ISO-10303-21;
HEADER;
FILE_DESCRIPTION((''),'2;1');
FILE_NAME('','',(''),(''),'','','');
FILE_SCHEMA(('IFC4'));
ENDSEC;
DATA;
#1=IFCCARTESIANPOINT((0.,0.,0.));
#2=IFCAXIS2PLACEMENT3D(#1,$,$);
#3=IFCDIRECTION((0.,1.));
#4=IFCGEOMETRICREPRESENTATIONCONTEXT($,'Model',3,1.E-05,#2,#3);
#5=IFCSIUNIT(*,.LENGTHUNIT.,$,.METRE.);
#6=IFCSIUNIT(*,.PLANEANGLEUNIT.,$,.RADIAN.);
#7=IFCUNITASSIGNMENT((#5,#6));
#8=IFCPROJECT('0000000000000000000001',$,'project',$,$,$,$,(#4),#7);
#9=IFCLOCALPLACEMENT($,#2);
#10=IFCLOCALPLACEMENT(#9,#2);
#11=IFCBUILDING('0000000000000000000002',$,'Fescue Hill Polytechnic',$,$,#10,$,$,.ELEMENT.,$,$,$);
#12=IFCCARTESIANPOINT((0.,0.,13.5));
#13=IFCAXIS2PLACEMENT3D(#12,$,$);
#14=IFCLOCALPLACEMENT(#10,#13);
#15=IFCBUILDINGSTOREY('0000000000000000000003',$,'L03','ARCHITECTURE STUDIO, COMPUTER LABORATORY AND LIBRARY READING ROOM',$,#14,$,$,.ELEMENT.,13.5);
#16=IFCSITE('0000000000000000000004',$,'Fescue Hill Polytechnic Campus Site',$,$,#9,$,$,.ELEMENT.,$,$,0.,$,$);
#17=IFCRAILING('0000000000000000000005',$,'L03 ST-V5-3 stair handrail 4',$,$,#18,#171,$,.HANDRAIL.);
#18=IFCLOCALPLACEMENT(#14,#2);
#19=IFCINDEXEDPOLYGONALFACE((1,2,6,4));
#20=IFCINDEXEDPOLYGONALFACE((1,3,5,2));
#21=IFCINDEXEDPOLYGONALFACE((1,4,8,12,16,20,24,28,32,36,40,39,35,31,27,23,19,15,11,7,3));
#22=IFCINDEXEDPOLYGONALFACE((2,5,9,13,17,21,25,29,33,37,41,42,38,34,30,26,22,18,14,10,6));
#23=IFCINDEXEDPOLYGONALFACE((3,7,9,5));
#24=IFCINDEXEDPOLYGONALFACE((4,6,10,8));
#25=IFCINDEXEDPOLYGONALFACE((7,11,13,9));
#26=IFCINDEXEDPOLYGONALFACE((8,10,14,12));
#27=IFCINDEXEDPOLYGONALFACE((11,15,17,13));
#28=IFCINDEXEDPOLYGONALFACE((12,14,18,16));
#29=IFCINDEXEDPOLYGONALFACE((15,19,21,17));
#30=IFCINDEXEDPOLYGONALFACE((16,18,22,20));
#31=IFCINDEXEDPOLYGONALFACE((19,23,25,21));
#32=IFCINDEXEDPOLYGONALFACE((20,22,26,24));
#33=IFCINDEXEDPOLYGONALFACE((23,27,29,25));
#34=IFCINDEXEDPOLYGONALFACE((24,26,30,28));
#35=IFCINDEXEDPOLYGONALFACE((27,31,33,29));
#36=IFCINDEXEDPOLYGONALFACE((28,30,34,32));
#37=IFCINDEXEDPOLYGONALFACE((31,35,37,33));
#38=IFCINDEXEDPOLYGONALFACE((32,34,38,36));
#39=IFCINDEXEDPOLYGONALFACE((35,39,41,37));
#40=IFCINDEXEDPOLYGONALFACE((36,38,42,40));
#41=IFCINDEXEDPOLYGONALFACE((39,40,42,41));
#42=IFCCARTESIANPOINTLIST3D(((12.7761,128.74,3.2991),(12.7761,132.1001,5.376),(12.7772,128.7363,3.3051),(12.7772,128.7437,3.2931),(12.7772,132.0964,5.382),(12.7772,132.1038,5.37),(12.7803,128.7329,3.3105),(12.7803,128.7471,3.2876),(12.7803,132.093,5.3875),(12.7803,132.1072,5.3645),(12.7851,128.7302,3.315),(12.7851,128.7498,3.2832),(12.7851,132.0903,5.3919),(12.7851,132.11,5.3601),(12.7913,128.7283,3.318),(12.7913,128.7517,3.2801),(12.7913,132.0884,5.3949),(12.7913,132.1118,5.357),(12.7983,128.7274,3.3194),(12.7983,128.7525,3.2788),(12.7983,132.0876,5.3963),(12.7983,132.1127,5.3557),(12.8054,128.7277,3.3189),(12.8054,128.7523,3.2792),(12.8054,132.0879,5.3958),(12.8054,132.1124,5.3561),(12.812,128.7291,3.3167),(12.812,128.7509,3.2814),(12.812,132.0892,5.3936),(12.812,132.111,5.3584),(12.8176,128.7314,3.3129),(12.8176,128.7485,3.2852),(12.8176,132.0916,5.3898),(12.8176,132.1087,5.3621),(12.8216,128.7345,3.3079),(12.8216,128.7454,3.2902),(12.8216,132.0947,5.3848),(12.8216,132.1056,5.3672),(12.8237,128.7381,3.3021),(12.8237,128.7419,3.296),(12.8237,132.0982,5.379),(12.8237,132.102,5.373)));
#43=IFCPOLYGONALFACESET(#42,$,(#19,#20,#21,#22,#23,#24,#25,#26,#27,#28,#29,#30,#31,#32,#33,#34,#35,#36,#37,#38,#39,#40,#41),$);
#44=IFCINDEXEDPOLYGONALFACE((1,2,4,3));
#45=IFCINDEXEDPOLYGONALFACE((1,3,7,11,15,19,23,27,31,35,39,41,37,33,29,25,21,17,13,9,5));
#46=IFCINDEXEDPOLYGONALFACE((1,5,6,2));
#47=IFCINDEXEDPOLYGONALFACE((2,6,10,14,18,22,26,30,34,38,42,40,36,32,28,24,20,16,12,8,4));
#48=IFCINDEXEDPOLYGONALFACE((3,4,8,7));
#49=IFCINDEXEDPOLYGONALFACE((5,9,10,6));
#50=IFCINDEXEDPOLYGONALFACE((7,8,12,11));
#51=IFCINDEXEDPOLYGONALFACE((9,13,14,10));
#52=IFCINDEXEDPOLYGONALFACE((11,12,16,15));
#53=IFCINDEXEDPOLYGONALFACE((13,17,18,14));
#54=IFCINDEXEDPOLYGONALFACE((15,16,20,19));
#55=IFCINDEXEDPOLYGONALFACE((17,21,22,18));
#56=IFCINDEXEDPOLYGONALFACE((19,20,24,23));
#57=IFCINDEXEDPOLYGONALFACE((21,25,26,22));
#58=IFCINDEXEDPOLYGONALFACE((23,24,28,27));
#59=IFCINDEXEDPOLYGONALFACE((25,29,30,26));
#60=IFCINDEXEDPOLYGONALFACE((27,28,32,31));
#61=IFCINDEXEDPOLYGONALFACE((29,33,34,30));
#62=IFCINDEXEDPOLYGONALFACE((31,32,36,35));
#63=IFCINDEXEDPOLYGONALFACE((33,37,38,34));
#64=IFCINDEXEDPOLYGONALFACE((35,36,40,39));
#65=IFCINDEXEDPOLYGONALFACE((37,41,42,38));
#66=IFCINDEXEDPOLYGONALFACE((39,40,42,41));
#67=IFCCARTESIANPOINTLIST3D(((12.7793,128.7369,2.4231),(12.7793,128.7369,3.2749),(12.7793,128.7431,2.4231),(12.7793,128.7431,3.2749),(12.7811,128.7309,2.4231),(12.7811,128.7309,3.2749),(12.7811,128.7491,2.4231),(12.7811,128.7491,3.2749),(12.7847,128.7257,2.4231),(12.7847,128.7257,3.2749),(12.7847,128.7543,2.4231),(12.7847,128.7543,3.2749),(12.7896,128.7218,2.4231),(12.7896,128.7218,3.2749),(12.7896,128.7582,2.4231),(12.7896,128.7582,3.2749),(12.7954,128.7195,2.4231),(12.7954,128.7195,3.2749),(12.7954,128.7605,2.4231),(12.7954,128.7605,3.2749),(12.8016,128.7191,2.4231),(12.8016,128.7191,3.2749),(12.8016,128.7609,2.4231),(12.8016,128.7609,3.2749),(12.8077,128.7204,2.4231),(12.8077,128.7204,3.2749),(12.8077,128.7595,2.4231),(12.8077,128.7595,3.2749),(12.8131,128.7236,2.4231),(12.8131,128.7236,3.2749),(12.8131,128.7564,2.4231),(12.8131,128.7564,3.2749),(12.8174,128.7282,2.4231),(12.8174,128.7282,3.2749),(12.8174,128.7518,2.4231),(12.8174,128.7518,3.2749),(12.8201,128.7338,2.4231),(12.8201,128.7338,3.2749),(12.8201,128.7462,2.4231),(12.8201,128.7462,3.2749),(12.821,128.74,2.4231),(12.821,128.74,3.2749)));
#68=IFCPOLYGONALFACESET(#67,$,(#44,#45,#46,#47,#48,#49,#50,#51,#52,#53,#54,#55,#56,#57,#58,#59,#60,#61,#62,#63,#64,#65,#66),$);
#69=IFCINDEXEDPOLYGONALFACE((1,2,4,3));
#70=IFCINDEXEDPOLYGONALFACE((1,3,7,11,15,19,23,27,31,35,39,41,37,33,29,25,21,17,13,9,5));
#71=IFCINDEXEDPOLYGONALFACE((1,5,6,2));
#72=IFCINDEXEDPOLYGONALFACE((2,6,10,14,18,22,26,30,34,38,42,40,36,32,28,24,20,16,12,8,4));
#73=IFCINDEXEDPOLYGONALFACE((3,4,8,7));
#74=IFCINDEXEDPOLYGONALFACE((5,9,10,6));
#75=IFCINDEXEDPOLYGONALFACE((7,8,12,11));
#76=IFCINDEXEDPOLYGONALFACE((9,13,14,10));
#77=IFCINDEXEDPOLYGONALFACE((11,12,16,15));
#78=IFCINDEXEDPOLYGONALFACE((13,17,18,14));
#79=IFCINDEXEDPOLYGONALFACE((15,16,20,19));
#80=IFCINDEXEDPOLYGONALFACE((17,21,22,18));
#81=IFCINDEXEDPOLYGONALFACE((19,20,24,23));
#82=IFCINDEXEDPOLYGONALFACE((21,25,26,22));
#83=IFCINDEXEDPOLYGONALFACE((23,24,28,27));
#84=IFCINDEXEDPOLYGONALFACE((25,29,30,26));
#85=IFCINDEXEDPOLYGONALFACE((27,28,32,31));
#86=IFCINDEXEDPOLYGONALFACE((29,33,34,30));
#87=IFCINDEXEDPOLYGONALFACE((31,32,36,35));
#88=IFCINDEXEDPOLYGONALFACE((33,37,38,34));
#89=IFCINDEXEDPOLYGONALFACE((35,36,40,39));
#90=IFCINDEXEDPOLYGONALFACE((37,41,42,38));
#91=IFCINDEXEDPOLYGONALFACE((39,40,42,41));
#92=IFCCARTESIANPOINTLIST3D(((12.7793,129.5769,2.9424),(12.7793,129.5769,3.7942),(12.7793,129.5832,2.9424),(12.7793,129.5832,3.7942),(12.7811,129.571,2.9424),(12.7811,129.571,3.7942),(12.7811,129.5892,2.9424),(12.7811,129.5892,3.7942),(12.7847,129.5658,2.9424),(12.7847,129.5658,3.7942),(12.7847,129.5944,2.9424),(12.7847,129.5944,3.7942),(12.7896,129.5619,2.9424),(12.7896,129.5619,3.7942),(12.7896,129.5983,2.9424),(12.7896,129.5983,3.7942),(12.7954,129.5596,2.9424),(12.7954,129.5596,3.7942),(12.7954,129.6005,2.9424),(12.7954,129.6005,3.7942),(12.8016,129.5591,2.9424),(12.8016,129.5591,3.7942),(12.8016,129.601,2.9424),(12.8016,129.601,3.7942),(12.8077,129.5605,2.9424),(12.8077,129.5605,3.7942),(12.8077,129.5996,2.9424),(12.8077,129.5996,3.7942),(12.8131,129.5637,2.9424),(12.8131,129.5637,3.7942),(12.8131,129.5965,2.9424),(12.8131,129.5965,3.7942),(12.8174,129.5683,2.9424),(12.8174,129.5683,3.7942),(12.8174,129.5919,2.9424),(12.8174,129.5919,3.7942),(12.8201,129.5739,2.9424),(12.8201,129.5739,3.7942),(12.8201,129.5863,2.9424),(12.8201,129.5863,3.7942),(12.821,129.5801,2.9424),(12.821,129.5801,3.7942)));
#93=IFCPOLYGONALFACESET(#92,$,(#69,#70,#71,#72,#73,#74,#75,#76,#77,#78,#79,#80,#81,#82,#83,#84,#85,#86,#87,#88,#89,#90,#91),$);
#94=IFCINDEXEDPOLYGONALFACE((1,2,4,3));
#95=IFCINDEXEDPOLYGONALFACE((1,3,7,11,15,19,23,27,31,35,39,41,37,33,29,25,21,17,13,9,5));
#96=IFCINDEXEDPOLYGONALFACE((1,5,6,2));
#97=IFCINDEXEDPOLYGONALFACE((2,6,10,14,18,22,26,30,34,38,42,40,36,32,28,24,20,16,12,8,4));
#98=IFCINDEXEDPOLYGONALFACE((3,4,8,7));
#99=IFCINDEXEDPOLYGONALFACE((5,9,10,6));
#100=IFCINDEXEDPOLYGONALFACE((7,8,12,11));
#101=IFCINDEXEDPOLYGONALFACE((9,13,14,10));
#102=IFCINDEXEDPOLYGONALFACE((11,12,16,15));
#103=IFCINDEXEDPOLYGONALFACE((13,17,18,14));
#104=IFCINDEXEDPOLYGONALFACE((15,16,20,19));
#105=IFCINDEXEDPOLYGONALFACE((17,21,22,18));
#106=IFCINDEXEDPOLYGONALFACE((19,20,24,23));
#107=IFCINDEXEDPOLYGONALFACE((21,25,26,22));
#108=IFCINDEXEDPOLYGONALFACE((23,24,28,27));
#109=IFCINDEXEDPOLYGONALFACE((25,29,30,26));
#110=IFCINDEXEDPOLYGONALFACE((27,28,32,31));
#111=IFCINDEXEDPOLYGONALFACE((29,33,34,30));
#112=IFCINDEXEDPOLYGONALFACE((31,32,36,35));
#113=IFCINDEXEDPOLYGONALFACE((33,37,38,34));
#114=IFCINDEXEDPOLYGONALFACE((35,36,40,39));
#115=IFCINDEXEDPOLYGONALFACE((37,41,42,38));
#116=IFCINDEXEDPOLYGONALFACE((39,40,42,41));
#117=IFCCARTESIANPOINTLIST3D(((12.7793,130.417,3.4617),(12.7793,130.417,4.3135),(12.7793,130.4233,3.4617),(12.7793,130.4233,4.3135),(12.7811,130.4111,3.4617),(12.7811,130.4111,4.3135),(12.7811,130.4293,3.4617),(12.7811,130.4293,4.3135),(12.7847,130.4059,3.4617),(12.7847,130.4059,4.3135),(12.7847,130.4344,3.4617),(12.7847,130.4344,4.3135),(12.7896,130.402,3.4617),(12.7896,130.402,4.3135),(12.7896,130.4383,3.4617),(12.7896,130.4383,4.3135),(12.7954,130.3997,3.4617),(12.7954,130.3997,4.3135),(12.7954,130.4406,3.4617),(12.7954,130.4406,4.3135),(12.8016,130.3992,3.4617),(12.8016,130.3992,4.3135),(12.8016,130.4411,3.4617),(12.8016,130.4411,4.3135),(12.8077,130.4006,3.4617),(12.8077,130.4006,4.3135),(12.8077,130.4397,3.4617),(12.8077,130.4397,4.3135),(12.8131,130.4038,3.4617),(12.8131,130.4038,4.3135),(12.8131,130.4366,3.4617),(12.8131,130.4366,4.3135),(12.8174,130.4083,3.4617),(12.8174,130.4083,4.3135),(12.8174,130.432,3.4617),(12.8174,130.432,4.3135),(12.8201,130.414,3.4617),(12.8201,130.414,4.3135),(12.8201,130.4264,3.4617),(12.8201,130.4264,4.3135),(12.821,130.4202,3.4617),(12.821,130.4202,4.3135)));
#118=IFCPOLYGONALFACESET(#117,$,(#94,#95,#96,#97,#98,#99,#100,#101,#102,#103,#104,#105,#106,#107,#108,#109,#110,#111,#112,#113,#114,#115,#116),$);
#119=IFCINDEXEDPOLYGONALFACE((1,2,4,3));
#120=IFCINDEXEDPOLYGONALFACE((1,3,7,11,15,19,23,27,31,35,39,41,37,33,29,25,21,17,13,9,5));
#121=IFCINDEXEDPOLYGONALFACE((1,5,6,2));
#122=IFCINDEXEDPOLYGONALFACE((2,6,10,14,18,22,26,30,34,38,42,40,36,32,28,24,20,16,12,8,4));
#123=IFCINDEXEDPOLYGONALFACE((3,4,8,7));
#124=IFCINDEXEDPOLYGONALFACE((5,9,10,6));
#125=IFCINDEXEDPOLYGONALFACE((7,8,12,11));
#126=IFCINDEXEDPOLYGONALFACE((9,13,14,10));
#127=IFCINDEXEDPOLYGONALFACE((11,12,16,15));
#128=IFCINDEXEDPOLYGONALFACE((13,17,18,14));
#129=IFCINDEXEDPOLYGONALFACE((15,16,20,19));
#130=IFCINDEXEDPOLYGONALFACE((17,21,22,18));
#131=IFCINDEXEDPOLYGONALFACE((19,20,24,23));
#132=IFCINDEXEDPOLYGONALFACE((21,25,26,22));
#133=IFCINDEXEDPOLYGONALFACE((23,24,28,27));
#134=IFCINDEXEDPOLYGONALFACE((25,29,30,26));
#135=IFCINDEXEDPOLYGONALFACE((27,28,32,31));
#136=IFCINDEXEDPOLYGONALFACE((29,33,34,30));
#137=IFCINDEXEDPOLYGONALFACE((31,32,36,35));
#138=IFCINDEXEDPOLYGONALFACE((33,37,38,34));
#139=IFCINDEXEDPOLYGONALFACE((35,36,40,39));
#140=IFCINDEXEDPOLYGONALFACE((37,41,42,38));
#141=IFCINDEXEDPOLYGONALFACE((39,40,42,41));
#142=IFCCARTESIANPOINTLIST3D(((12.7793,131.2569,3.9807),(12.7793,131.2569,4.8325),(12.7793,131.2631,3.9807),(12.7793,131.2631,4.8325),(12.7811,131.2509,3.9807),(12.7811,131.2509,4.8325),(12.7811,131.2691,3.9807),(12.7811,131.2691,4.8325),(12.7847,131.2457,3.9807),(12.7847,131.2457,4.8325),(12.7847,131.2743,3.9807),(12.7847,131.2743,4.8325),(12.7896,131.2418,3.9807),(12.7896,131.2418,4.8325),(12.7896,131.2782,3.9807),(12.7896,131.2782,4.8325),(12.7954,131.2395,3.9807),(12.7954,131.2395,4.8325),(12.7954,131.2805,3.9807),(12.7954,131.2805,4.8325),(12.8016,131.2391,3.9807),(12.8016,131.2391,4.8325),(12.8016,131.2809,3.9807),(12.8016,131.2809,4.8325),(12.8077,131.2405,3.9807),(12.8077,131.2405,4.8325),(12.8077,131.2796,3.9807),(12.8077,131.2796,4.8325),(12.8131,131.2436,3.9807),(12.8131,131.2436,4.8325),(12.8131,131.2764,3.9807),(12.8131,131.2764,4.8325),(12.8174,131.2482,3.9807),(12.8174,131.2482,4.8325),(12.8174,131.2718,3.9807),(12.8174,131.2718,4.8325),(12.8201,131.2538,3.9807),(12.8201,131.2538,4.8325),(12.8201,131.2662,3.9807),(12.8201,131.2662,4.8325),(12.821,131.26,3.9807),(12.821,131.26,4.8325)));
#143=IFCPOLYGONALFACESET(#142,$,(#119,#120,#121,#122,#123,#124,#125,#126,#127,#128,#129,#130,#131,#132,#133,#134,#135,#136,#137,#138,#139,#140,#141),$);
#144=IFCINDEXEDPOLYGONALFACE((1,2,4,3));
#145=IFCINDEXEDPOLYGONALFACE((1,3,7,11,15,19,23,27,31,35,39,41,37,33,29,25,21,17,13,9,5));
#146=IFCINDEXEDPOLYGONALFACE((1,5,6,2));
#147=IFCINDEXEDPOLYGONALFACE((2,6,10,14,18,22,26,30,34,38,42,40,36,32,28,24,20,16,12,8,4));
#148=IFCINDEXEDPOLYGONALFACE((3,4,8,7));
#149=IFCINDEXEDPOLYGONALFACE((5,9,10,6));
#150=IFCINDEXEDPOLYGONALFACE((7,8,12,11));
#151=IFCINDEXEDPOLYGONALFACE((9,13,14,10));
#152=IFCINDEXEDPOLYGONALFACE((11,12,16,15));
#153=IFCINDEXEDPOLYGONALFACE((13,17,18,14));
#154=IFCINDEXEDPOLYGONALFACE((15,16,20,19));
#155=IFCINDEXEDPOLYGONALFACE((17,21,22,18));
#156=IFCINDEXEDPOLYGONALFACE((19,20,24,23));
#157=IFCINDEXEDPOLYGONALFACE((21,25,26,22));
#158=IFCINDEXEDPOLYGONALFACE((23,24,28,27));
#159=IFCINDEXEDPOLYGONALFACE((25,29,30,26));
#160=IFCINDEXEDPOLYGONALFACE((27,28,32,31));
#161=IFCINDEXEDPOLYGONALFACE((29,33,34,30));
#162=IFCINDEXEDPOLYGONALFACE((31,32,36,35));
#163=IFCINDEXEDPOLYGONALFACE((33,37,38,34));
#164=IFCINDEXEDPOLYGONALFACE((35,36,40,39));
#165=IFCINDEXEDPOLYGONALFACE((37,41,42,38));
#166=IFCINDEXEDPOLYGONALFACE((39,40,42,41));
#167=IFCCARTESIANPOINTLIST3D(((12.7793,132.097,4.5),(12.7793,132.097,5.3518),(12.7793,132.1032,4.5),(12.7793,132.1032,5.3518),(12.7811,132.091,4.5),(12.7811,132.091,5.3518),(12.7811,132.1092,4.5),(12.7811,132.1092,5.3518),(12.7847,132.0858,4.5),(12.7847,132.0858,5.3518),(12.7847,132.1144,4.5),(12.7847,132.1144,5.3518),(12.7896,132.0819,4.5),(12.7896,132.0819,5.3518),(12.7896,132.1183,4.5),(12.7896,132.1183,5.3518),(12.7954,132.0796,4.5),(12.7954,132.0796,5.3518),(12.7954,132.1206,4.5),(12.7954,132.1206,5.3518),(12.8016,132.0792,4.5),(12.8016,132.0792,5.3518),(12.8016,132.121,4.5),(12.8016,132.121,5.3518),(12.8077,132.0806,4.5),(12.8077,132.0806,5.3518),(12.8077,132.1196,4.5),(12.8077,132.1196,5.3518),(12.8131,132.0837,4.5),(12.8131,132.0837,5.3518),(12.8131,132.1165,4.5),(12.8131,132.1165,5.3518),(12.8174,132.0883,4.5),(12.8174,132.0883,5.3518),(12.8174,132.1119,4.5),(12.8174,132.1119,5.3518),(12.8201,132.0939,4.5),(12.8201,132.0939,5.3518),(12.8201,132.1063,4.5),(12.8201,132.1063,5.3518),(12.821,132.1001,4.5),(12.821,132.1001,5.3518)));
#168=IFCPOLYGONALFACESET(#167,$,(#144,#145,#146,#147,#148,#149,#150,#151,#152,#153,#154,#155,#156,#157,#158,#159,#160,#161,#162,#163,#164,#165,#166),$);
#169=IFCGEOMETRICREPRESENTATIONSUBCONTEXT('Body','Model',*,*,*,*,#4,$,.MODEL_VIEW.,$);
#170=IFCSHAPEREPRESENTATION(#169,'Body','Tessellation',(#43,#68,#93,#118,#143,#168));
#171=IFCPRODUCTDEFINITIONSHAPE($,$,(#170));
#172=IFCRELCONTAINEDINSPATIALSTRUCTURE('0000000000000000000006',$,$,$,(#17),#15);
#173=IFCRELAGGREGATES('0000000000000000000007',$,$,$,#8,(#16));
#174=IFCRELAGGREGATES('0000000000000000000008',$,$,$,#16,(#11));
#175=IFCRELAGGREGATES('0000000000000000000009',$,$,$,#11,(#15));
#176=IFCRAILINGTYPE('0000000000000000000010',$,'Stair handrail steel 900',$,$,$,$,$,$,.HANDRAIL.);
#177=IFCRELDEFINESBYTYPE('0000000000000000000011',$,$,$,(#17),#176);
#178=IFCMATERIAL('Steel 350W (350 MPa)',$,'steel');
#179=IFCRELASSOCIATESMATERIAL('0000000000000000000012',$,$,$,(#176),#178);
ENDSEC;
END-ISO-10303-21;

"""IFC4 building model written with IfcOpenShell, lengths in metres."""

from ifc_helpers import new_model, si_unit, direction, frame, origin, origin_2d, place, context, subcontext, project, spatial, circle, extrude, material, type_object, element, save


model = new_model("IFC4")

# Units and contexts
model_context = context("Model", 3, precision=1e-05, world=origin(), true_north=direction((0.0, 1.0)))
body_context = subcontext(model_context, "Body", "Model", "MODEL_VIEW")
ifc_project = project(units=[si_unit("LENGTHUNIT", "METRE"), si_unit("PLANEANGLEUNIT", "RADIAN")], contexts=[model_context])

# Site, building, storey
site_placement = place(None, origin())
site = spatial("IfcSite", under=ifc_project, at=site_placement, Name="Fescue Hill Polytechnic Campus Site", CompositionType="ELEMENT", RefElevation=0.0)
building_placement = place(site_placement, origin())
building = spatial("IfcBuilding", under=site, at=building_placement, Name="Fescue Hill Polytechnic", CompositionType="ELEMENT")
storey_placement = place(building_placement, frame((0.0, 0.0, 13.5)))
storey = spatial("IfcBuildingStorey", under=building, at=storey_placement, Name="L03", Description="ARCHITECTURE STUDIO, COMPUTER LABORATORY AND LIBRARY READING ROOM", CompositionType="ELEMENT", Elevation=13.5)

# Railing
ifc_material_1 = material(Name="Steel 350W (350 MPa)", Category="steel")
railing_type_1 = type_object("IfcRailingType", Name="Stair handrail steel 900", PredefinedType="HANDRAIL", material=ifc_material_1)
railing_1_placement = place(storey_placement, frame((12.8, 128.74, 2.4231)))
element("IfcRailing", 1, at=railing_1_placement, inside=storey, type_object=railing_type_1, Name="L03 ST-V5-3 stair handrail 4", PredefinedType="HANDRAIL", context=body_context, shape_type="SweptSolid", body=[
    extrude(circle(Radius=0.0239, at=origin_2d()), frame((0.0, 0.0, 0.876), z_axis=(0.0, 0.850623, 0.525776), x_axis=(-1.0, 0.0, 0.0)), (0.0, 0.0, 1.0), 3.9502),
    extrude(circle(Radius=0.021, at=origin_2d()), origin(), (0.0, 0.0, 1.0), 0.8518),
    extrude(circle(Radius=0.021, at=origin_2d()), frame((0.0, 0.8401, 0.5193)), (0.0, 0.0, 1.0), 0.8518),
    extrude(circle(Radius=0.021, at=origin_2d()), frame((0.0, 1.6802, 1.0386)), (0.0, 0.0, 1.0), 0.8518),
    extrude(circle(Radius=0.021, at=origin_2d()), frame((0.0, 2.52, 1.5576)), (0.0, 0.0, 1.0), 0.8518),
    extrude(circle(Radius=0.021, at=origin_2d()), frame((0.0, 3.3601, 2.0769)), (0.0, 0.0, 1.0), 0.8518),
])

save(model, "model.ifc")
